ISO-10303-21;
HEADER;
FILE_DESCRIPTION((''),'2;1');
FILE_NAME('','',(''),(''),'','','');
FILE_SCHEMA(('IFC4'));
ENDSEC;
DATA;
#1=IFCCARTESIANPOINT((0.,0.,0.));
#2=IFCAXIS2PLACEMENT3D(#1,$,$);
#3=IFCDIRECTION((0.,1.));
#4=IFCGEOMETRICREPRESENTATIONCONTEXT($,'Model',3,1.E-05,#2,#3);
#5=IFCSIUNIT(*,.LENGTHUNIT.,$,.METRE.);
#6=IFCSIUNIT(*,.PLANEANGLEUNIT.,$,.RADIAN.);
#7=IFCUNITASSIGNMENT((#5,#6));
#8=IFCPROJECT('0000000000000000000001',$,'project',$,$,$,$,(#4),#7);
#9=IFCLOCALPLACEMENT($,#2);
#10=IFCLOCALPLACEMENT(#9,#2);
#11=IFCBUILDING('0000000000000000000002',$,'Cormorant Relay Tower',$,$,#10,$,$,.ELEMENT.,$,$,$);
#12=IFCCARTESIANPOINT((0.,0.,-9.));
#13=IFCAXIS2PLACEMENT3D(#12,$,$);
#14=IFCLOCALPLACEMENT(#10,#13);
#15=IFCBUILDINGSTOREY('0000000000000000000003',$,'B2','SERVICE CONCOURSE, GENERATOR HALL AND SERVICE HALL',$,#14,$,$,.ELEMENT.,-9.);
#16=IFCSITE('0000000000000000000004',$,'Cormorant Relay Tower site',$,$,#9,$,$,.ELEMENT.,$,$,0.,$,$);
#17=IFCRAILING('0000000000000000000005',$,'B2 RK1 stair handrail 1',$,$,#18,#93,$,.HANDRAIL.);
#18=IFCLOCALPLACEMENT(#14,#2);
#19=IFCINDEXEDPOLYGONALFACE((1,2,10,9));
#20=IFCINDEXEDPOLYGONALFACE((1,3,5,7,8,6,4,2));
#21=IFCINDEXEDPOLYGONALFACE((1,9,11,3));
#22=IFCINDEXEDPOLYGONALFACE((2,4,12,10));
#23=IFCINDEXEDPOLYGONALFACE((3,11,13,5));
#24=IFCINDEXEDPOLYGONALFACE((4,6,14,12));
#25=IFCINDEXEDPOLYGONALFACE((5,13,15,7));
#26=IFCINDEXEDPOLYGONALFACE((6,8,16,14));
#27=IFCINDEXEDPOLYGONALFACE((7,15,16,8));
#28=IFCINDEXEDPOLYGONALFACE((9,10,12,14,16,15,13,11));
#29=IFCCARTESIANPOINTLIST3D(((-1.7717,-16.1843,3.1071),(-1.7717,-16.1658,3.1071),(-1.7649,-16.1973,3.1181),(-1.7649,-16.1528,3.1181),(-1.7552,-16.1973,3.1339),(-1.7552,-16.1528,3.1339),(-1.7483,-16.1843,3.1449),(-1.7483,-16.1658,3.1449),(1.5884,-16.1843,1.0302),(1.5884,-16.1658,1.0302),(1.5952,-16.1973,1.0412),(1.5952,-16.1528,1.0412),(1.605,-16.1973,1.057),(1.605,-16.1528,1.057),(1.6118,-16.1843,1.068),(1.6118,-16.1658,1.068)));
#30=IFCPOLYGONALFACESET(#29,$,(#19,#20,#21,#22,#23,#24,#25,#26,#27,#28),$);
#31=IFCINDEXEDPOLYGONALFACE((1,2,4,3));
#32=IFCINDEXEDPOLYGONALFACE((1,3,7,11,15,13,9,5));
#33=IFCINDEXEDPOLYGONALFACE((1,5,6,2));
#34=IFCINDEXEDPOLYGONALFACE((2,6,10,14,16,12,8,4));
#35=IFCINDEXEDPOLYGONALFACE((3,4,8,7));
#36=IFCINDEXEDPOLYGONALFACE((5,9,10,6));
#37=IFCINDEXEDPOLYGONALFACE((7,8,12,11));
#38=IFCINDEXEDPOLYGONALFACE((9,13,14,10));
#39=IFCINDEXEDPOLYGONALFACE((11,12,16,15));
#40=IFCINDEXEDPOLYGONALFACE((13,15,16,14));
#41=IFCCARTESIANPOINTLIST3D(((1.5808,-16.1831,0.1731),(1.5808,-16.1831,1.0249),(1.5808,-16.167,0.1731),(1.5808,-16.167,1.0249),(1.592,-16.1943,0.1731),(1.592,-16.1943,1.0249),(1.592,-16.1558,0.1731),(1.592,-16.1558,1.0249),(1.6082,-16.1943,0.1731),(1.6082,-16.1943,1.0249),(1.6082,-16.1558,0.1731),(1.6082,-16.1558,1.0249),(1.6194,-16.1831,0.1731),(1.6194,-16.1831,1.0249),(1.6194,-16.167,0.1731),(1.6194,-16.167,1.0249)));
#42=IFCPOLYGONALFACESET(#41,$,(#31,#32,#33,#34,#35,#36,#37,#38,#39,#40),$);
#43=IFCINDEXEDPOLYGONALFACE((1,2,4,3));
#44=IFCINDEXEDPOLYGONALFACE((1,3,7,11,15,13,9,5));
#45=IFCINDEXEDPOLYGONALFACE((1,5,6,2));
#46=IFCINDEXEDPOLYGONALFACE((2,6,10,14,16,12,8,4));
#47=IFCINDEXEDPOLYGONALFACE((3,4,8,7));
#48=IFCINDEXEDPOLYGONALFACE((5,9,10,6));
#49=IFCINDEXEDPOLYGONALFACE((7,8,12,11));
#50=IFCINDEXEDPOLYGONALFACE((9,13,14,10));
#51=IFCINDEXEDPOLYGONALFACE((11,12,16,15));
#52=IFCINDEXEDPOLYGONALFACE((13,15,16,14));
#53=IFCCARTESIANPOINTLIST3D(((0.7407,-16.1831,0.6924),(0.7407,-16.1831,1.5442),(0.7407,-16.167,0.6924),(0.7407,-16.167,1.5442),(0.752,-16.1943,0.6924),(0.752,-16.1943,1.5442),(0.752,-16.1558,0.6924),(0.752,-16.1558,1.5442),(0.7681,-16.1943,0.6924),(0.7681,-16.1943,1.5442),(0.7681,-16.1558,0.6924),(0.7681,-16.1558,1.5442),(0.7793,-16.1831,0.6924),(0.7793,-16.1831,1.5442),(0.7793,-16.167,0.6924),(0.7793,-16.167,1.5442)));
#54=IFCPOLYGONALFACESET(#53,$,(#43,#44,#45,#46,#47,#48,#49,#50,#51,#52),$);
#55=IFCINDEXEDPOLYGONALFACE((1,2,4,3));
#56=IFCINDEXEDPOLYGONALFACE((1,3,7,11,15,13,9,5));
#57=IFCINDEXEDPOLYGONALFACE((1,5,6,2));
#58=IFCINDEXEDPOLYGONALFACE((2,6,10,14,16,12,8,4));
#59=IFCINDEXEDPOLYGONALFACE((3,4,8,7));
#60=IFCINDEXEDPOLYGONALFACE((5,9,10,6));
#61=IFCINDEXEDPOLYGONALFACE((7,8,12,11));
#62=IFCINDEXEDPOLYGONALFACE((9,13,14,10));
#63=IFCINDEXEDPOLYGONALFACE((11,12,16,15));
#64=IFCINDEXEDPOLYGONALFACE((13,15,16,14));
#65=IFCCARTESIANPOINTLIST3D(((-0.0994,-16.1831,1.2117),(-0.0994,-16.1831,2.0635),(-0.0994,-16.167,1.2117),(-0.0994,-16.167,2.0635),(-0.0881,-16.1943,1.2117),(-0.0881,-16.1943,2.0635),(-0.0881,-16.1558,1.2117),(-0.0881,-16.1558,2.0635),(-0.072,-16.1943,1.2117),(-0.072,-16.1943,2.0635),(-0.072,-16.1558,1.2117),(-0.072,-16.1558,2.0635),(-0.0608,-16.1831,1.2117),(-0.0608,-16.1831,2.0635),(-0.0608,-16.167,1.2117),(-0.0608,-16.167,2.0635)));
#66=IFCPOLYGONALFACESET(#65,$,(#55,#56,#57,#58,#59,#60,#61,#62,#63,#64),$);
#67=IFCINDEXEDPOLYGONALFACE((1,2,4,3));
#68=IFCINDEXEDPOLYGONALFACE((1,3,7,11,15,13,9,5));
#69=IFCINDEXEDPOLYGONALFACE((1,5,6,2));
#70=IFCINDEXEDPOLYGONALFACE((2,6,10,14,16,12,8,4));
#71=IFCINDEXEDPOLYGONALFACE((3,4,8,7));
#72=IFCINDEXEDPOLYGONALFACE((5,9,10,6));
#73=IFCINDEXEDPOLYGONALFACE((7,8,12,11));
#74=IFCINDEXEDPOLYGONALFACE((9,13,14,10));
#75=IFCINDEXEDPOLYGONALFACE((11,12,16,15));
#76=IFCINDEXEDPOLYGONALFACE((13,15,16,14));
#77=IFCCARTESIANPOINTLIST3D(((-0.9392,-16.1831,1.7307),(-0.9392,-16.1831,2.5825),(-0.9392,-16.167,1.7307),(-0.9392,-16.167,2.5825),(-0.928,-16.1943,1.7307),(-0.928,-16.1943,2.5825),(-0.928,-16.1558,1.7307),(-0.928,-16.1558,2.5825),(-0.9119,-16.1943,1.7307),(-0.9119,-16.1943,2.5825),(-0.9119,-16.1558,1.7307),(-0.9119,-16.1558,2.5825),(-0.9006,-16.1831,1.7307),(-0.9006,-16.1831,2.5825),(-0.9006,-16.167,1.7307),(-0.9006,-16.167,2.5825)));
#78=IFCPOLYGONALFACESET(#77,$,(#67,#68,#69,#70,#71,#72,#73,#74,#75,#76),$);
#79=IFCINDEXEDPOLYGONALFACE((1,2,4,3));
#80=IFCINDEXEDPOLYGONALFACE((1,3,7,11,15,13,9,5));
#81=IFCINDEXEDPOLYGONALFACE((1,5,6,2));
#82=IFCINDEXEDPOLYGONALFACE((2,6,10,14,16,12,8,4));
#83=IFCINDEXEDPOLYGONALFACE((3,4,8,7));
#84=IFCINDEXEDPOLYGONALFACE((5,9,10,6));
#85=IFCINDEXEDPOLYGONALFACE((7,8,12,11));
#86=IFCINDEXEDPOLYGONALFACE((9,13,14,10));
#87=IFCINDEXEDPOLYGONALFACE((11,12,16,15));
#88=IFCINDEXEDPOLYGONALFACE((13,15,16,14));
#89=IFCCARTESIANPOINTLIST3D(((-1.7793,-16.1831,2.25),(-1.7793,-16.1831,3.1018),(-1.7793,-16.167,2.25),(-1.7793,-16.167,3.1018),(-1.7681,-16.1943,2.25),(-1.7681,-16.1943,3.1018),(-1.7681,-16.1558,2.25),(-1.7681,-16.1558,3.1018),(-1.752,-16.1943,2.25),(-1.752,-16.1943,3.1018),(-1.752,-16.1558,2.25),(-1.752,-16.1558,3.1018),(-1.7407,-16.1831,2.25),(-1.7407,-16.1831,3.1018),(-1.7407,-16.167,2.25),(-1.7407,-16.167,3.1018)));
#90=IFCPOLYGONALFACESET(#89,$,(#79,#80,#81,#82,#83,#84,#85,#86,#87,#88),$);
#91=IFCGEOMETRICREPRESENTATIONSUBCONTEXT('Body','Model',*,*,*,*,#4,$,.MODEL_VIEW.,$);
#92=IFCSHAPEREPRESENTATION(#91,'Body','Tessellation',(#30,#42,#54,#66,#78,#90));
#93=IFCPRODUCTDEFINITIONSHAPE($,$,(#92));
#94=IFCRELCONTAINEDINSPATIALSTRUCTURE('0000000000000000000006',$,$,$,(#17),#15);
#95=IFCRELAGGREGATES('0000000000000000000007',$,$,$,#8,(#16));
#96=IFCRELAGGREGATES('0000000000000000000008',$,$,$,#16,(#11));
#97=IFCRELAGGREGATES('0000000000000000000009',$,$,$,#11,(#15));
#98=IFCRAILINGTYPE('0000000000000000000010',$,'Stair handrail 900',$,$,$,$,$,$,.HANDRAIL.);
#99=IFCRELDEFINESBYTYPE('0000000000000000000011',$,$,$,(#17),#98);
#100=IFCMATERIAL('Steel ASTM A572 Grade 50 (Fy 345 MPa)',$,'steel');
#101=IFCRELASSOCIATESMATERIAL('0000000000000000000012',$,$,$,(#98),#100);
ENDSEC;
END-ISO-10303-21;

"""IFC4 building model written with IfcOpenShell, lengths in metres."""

from ifc_helpers import new_model, si_unit, direction, frame, origin, place, context, subcontext, project, spatial, polyline, outline, extrude, material, type_object, element, save


model = new_model("IFC4")

# Units and contexts
model_context = context("Model", 3, precision=1e-05, world=origin(), true_north=direction((0.0, 1.0)))
body_context = subcontext(model_context, "Body", "Model", "MODEL_VIEW")
ifc_project = project(units=[si_unit("LENGTHUNIT", "METRE"), si_unit("PLANEANGLEUNIT", "RADIAN")], contexts=[model_context])

# Site, building, storey
site_placement = place(None, origin())
site = spatial("IfcSite", under=ifc_project, at=site_placement, Name="Cormorant Relay Tower site", CompositionType="ELEMENT", RefElevation=0.0)
building_placement = place(site_placement, origin())
building = spatial("IfcBuilding", under=site, at=building_placement, Name="Cormorant Relay Tower", CompositionType="ELEMENT")
storey_placement = place(building_placement, frame((0.0, 0.0, -9.0)))
storey = spatial("IfcBuildingStorey", under=building, at=storey_placement, Name="B2", Description="SERVICE CONCOURSE, GENERATOR HALL AND SERVICE HALL", CompositionType="ELEMENT", Elevation=-9.0)

# Railing
ifc_material_1 = material(Name="Steel ASTM A572 Grade 50 (Fy 345 MPa)", Category="steel")
railing_type_1 = type_object("IfcRailingType", Name="Stair handrail 900", PredefinedType="HANDRAIL", material=ifc_material_1)
railing_1_placement = place(storey_placement, frame((1.6001, -16.175, 0.1731)))
element("IfcRailing", 1, at=railing_1_placement, inside=storey, type_object=railing_type_1, Name="B2 RK1 stair handrail 1", PredefinedType="HANDRAIL", context=body_context, shape_type="SweptSolid", body=[
    extrude(outline(polyline([(0.0222, 0.0093), (0.0093, 0.0222), (-0.0093, 0.0222), (-0.0222, 0.0093), (-0.0222, -0.0093), (-0.0093, -0.0222), (0.0093, -0.0222), (0.0222, -0.0093), (0.0222, 0.0093)])), frame((0.0, 0.0, 0.876), z_axis=(-0.850623, 0.0, 0.525776), x_axis=(0.0, -1.0, 0.0)), (0.0, 0.0, 1.0), 3.9502),
    extrude(outline(polyline([(0.0193, 0.0081), (0.0081, 0.0193), (-0.0081, 0.0193), (-0.0193, 0.0081), (-0.0193, -0.0081), (-0.0081, -0.0193), (0.0081, -0.0193), (0.0193, -0.0081), (0.0193, 0.0081)])), origin(), (0.0, 0.0, 1.0), 0.8518),
    extrude(outline(polyline([(0.0193, 0.0081), (0.0081, 0.0193), (-0.0081, 0.0193), (-0.0193, 0.0081), (-0.0193, -0.0081), (-0.0081, -0.0193), (0.0081, -0.0193), (0.0193, -0.0081), (0.0193, 0.0081)])), frame((-0.8401, 0.0, 0.5193)), (0.0, 0.0, 1.0), 0.8518),
    extrude(outline(polyline([(0.0193, 0.0081), (0.0081, 0.0193), (-0.0081, 0.0193), (-0.0193, 0.0081), (-0.0193, -0.0081), (-0.0081, -0.0193), (0.0081, -0.0193), (0.0193, -0.0081), (0.0193, 0.0081)])), frame((-1.6802, 0.0, 1.0386)), (0.0, 0.0, 1.0), 0.8518),
    extrude(outline(polyline([(0.0193, 0.0081), (0.0081, 0.0193), (-0.0081, 0.0193), (-0.0193, 0.0081), (-0.0193, -0.0081), (-0.0081, -0.0193), (0.0081, -0.0193), (0.0193, -0.0081), (0.0193, 0.0081)])), frame((-2.52, 0.0, 1.5576)), (0.0, 0.0, 1.0), 0.8518),
    extrude(outline(polyline([(0.0193, 0.0081), (0.0081, 0.0193), (-0.0081, 0.0193), (-0.0193, 0.0081), (-0.0193, -0.0081), (-0.0081, -0.0193), (0.0081, -0.0193), (0.0193, -0.0081), (0.0193, 0.0081)])), frame((-3.3601, 0.0, 2.0769)), (0.0, 0.0, 1.0), 0.8518),
])

save(model, "model.ifc")
